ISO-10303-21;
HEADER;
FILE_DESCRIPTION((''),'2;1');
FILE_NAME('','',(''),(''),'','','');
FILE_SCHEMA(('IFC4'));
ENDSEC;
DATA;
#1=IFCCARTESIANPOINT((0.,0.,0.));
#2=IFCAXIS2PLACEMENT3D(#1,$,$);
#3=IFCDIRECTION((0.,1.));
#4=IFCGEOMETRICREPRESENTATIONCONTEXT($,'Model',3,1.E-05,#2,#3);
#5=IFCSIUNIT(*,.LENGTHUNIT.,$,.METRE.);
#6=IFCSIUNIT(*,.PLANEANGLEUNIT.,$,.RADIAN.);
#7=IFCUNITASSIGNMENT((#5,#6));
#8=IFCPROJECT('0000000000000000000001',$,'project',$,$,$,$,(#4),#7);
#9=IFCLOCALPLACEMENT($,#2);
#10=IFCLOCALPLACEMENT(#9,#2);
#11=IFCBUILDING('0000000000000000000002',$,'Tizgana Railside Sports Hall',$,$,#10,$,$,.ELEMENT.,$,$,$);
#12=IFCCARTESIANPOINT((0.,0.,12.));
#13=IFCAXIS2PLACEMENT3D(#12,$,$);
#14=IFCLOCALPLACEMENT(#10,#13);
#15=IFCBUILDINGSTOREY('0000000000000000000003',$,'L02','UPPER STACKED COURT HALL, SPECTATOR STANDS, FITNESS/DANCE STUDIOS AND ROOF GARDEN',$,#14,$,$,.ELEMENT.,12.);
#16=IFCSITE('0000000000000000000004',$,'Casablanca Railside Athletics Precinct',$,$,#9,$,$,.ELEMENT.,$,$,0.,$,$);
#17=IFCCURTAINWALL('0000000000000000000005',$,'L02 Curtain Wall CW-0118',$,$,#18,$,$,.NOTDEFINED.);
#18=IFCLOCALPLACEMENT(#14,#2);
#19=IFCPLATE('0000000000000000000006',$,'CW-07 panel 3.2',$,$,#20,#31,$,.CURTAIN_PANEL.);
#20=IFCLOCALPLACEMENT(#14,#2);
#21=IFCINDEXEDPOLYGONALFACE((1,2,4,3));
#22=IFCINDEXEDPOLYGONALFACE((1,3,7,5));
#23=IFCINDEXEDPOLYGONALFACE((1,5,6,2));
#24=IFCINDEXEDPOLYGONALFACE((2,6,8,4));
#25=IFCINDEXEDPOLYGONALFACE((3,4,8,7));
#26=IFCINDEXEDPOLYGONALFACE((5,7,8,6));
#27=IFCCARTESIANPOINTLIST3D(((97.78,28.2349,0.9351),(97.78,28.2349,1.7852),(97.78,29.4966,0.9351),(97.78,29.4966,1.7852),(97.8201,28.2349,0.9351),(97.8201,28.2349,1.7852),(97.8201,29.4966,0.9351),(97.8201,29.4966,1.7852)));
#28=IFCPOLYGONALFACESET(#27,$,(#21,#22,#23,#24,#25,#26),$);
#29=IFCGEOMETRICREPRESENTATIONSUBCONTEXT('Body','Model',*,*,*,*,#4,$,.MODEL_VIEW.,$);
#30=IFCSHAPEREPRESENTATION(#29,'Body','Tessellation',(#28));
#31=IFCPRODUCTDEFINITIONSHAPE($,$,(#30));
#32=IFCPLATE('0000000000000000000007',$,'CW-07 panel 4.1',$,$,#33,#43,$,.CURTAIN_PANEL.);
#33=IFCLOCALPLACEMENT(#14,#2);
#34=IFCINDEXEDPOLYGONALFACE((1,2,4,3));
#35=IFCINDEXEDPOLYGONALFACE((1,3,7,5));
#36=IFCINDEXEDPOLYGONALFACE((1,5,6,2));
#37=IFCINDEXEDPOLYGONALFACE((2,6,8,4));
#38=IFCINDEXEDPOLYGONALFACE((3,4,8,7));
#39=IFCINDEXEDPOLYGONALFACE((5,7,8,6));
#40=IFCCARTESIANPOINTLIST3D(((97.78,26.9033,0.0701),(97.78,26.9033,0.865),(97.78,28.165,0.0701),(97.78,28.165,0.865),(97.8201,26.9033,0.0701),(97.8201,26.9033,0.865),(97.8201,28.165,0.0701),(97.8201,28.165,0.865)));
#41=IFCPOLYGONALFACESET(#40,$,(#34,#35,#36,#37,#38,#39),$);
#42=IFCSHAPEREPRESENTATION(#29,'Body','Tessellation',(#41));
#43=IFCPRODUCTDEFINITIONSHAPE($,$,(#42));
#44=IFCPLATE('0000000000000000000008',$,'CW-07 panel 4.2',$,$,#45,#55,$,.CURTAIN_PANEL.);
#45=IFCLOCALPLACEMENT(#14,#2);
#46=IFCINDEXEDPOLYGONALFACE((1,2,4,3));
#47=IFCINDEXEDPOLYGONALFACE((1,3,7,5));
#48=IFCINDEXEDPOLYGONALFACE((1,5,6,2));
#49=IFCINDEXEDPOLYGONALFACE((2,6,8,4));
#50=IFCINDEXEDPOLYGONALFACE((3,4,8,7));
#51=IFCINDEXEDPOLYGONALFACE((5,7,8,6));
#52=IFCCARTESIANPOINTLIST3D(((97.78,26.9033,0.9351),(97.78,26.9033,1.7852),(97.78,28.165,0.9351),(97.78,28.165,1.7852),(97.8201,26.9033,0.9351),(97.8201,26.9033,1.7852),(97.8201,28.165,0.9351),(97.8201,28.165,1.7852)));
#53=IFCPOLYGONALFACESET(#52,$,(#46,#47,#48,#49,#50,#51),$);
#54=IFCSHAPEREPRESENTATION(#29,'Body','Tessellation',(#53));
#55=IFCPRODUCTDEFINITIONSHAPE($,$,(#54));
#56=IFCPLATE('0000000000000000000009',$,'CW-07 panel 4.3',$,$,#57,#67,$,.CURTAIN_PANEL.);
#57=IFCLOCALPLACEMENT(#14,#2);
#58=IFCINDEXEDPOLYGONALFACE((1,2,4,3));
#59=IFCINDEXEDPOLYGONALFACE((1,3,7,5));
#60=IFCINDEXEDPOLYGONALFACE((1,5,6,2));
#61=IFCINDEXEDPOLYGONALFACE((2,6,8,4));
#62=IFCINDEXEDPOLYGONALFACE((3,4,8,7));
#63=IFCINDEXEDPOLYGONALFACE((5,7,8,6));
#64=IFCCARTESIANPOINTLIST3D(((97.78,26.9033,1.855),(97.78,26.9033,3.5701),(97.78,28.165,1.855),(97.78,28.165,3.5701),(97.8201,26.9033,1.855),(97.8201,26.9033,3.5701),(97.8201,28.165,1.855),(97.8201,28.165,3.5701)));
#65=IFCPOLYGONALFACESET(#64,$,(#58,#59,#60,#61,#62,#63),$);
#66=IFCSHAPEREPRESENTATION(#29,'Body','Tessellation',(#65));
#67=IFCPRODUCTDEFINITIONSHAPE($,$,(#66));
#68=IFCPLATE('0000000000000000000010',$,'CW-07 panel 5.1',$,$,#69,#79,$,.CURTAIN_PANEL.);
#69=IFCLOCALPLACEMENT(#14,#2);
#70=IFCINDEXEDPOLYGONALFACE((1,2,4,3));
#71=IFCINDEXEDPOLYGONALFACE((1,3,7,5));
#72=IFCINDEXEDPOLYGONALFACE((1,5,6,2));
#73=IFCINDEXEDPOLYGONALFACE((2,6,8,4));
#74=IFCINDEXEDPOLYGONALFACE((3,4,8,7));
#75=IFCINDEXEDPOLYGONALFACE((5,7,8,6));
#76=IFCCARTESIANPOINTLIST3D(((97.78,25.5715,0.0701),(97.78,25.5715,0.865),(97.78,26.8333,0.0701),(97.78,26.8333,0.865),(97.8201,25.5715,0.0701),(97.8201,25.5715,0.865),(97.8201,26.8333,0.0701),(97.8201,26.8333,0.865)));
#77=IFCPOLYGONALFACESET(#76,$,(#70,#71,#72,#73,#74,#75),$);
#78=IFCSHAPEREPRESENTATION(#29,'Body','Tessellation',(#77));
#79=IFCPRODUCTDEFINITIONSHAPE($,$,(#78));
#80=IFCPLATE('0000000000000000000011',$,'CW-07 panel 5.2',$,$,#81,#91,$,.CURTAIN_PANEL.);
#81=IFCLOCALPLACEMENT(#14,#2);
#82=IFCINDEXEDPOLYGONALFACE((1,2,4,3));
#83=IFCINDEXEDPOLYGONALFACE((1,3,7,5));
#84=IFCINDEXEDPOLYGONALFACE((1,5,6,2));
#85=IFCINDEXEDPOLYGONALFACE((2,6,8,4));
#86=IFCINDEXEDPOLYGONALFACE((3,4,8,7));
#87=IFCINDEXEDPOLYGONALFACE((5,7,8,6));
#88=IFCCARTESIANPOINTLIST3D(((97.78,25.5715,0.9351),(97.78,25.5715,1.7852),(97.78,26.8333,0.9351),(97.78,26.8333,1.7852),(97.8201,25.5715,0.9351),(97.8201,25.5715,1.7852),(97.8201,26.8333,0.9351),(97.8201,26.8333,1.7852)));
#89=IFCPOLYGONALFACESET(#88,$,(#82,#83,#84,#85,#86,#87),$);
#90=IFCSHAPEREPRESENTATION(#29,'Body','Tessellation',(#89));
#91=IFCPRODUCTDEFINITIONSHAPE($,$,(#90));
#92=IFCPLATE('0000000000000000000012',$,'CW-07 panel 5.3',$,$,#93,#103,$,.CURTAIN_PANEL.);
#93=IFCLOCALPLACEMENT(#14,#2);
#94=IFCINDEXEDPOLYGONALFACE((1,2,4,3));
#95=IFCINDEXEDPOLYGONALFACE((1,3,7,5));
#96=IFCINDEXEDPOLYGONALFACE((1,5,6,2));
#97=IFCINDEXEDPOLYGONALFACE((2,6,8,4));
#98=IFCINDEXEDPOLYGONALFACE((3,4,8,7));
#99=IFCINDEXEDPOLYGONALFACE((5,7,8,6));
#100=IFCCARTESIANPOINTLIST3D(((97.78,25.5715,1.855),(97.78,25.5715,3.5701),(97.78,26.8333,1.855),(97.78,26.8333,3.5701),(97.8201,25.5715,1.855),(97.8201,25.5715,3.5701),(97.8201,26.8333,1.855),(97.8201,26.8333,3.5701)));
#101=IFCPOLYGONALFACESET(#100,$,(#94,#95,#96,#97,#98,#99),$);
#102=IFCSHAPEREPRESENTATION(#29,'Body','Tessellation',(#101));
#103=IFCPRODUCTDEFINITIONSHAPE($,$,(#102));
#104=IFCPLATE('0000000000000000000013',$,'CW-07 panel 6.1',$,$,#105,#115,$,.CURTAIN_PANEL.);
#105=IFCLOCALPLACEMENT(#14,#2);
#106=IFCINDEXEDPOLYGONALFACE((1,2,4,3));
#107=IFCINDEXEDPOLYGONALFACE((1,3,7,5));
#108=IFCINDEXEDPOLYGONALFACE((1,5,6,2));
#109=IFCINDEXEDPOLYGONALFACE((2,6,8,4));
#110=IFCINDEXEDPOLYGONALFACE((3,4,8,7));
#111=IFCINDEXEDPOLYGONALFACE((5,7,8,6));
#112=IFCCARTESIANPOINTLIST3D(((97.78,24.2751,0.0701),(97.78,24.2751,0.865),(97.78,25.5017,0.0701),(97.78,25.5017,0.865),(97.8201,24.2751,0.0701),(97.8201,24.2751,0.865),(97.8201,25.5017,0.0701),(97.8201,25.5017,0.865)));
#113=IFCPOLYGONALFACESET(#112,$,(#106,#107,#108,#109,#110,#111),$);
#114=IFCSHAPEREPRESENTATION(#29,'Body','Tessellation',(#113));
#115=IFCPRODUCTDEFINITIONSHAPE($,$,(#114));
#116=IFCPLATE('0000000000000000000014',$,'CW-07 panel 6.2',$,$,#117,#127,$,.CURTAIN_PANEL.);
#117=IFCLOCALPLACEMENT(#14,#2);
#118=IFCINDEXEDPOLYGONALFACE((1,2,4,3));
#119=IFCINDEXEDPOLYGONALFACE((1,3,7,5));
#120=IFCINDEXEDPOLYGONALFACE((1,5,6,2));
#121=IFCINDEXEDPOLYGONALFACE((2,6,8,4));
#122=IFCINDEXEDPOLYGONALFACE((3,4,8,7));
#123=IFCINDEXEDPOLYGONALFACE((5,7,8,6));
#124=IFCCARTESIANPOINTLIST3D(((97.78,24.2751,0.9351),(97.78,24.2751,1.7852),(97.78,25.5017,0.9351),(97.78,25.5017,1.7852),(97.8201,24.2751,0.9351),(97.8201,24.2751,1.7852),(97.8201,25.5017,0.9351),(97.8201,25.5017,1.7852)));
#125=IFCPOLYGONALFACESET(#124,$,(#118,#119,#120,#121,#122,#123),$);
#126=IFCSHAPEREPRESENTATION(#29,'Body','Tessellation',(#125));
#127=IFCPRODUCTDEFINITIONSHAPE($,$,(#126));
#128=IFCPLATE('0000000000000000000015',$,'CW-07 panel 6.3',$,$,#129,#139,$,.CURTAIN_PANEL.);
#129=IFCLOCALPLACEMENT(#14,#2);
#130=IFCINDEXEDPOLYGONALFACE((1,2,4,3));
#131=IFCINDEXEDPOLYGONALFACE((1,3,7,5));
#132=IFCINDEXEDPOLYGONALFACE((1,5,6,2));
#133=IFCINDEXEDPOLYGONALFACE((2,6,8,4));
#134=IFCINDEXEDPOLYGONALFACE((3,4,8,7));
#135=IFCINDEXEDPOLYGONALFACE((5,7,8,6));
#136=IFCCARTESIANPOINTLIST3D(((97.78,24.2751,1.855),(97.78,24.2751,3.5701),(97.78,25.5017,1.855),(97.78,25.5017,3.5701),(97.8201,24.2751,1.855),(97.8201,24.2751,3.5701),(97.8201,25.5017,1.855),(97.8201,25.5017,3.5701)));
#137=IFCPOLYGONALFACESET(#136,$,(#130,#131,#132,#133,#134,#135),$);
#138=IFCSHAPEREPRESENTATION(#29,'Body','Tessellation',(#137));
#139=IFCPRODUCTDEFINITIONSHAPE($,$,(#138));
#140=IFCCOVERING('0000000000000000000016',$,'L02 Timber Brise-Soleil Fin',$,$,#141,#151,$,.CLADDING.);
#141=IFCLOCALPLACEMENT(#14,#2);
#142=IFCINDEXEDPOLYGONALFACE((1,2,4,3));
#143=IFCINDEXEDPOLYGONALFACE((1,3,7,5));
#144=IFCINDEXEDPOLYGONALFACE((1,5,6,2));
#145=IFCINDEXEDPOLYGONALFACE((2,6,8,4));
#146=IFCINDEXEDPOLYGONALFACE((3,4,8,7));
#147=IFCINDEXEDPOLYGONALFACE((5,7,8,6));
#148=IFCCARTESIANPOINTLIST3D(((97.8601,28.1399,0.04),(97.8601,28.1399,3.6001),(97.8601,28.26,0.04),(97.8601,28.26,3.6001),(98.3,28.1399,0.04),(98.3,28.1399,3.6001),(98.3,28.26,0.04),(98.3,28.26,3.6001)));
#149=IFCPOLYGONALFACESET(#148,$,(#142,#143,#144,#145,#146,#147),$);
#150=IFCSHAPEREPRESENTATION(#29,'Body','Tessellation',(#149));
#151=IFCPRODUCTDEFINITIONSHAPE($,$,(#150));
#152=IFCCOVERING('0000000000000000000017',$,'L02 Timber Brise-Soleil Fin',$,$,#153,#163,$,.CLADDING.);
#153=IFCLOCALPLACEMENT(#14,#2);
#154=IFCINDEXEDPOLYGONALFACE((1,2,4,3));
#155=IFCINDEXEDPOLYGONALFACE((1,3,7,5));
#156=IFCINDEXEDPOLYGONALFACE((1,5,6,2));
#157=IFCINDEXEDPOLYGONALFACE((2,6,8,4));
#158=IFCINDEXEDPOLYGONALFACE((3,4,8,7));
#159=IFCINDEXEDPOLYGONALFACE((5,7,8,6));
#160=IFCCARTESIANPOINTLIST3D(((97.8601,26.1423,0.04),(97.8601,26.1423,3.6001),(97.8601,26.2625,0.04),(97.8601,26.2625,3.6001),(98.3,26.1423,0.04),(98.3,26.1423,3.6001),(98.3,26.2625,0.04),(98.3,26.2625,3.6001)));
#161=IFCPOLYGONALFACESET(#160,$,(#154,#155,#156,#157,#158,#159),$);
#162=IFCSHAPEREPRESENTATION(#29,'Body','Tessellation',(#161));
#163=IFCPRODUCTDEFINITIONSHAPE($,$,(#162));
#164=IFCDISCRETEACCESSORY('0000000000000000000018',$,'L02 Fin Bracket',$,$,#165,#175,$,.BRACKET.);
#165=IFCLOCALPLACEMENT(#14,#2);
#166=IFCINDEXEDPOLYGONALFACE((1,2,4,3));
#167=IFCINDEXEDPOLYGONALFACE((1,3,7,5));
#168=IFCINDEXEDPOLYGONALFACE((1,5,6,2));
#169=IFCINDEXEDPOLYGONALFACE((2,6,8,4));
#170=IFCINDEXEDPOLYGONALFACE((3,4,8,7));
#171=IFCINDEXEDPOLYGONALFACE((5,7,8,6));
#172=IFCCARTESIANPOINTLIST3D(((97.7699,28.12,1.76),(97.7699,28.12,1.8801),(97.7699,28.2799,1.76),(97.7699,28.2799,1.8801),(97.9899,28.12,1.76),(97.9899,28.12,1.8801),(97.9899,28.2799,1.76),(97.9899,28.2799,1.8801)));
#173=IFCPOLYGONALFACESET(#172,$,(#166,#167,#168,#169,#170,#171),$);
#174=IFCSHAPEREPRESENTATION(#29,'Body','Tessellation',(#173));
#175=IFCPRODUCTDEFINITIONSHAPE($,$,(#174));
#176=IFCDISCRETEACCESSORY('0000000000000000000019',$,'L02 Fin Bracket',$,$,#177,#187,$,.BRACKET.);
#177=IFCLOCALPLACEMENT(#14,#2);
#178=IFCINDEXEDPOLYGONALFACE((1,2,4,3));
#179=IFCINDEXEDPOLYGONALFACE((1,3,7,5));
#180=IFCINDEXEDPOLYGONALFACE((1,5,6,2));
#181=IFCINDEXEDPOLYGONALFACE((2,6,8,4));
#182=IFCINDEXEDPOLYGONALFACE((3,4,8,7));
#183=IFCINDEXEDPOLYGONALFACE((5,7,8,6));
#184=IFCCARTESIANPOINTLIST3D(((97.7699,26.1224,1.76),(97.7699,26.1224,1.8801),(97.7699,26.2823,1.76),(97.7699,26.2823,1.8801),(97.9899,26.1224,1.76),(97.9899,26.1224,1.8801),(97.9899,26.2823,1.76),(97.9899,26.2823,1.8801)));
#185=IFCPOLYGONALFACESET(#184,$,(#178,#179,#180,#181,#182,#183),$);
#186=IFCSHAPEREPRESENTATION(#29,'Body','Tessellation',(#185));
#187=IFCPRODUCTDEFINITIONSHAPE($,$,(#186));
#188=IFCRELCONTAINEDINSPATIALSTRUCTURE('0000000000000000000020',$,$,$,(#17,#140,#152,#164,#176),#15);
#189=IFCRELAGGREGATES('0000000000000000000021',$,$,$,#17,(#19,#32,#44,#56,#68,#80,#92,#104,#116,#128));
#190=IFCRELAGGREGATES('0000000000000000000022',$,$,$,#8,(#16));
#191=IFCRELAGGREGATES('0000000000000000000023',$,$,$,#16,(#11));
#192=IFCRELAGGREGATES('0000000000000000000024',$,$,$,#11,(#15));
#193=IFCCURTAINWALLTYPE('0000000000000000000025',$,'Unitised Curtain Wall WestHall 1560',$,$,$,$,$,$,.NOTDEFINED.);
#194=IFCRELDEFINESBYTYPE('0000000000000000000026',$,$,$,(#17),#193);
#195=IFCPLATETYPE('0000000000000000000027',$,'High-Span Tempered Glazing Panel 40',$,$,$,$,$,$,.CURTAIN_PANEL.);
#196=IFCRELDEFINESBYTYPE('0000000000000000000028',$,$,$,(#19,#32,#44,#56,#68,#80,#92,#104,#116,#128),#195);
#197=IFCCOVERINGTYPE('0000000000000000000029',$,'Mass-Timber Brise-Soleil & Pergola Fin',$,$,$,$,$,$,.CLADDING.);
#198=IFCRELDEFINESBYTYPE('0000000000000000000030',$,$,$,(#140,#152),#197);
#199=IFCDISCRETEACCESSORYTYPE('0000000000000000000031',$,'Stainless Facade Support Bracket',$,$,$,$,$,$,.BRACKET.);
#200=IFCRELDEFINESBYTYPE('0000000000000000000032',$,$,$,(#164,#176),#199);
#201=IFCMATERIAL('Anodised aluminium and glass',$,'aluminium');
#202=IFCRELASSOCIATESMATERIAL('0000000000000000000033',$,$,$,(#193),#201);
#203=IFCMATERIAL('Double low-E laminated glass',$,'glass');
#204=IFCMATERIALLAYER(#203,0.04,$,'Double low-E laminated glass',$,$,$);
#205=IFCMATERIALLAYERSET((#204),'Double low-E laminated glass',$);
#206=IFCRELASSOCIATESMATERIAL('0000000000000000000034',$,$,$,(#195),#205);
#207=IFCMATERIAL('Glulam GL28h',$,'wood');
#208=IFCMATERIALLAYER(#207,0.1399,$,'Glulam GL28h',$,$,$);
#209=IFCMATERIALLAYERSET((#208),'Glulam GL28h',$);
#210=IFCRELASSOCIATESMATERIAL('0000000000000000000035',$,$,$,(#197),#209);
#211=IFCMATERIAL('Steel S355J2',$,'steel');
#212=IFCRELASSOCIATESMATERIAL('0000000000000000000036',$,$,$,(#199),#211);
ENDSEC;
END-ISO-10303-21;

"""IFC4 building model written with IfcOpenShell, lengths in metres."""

from ifc_helpers import new_model, si_unit, direction, frame, origin, origin_2d, place, context, subcontext, project, spatial, rectangle, extrude, material, layer, layer_set, type_object, element, aggregate, save


model = new_model("IFC4")

# Units and contexts
model_context = context("Model", 3, precision=1e-05, world=origin(), true_north=direction((0.0, 1.0)))
body_context = subcontext(model_context, "Body", "Model", "MODEL_VIEW")
ifc_project = project(units=[si_unit("LENGTHUNIT", "METRE"), si_unit("PLANEANGLEUNIT", "RADIAN")], contexts=[model_context])

# Site, building, storey
site_placement = place(None, origin())
site = spatial("IfcSite", under=ifc_project, at=site_placement, Name="Casablanca Railside Athletics Precinct", CompositionType="ELEMENT", RefElevation=0.0)
building_placement = place(site_placement, origin())
building = spatial("IfcBuilding", under=site, at=building_placement, Name="Tizgana Railside Sports Hall", CompositionType="ELEMENT")
storey_placement = place(building_placement, frame((0.0, 0.0, 12.0)))
storey = spatial("IfcBuildingStorey", under=building, at=storey_placement, Name="L02", Description="UPPER STACKED COURT HALL, SPECTATOR STANDS, FITNESS/DANCE STUDIOS AND ROOF GARDEN", CompositionType="ELEMENT", Elevation=12.0)

# Shared definitions
ifc_material_1 = material(Name="Steel S355J2", Category="steel")

# Shared definitions
ifc_material_2 = material(Name="Anodised aluminium and glass", Category="aluminium")

# Curtain wall
curtain_wall_type_1 = type_object("IfcCurtainWallType", Name="Unitised Curtain Wall WestHall 1560", PredefinedType="NOTDEFINED", material=ifc_material_2)
curtain_wall_1_placement = place(storey_placement, origin())
curtain_wall_1 = element("IfcCurtainWall", 1, at=curtain_wall_1_placement, inside=storey, type_object=curtain_wall_type_1, Name="L02 Curtain Wall CW-0118", PredefinedType="NOTDEFINED")

# Plates
ifc_material_3 = material(Name="Double low-E laminated glass", Category="glass")
ifc_layer_1 = layer(ifc_material_3, 0.04, Name="Double low-E laminated glass")
ifc_layer_set_1 = layer_set([ifc_layer_1], Name="Double low-E laminated glass")
plate_type_1 = type_object("IfcPlateType", Name="High-Span Tempered Glazing Panel 40", PredefinedType="CURTAIN_PANEL", material=ifc_layer_set_1)
plate_1_placement = place(storey_placement, frame((97.8, 28.8657, 0.9351), z_axis=(0.0, 0.0, 1.0), x_axis=(0.0, -1.0, 0.0)))
plate_1 = element("IfcPlate", 2, at=plate_1_placement, type_object=plate_type_1, Name="CW-07 panel 3.2", PredefinedType="CURTAIN_PANEL", context=body_context, shape_type="SweptSolid", body=[
    extrude(rectangle(XDim=1.2617, YDim=0.04, at=origin_2d()), origin(), (0.0, 0.0, 1.0), 0.8501),
])
plate_2_placement = place(storey_placement, frame((97.8, 27.5342, 0.0701), z_axis=(0.0, 0.0, 1.0), x_axis=(0.0, -1.0, 0.0)))
plate_2 = element("IfcPlate", 3, at=plate_2_placement, type_object=plate_type_1, Name="CW-07 panel 4.1", PredefinedType="CURTAIN_PANEL", context=body_context, shape_type="SweptSolid", body=[
    extrude(rectangle(XDim=1.2617, YDim=0.04, at=origin_2d()), origin(), (0.0, 0.0, 1.0), 0.7949),
])
plate_3_placement = place(storey_placement, frame((97.8, 27.5342, 0.9351), z_axis=(0.0, 0.0, 1.0), x_axis=(0.0, -1.0, 0.0)))
plate_3 = element("IfcPlate", 4, at=plate_3_placement, type_object=plate_type_1, Name="CW-07 panel 4.2", PredefinedType="CURTAIN_PANEL", context=body_context, shape_type="SweptSolid", body=[
    extrude(rectangle(XDim=1.2617, YDim=0.04, at=origin_2d()), origin(), (0.0, 0.0, 1.0), 0.8501),
])
plate_4_placement = place(storey_placement, frame((97.8, 27.5342, 1.855), z_axis=(0.0, 0.0, 1.0), x_axis=(0.0, -1.0, 0.0)))
plate_4 = element("IfcPlate", 5, at=plate_4_placement, type_object=plate_type_1, Name="CW-07 panel 4.3", PredefinedType="CURTAIN_PANEL", context=body_context, shape_type="SweptSolid", body=[
    extrude(rectangle(XDim=1.2617, YDim=0.04, at=origin_2d()), origin(), (0.0, 0.0, 1.0), 1.7151),
])
plate_5_placement = place(storey_placement, frame((97.8, 26.2024, 0.0701), z_axis=(0.0, 0.0, 1.0), x_axis=(0.0, -1.0, 0.0)))
plate_5 = element("IfcPlate", 6, at=plate_5_placement, type_object=plate_type_1, Name="CW-07 panel 5.1", PredefinedType="CURTAIN_PANEL", context=body_context, shape_type="SweptSolid", body=[
    extrude(rectangle(XDim=1.2617, YDim=0.04, at=origin_2d()), origin(), (0.0, 0.0, 1.0), 0.7949),
])
plate_6_placement = place(storey_placement, frame((97.8, 26.2024, 0.9351), z_axis=(0.0, 0.0, 1.0), x_axis=(0.0, -1.0, 0.0)))
plate_6 = element("IfcPlate", 7, at=plate_6_placement, type_object=plate_type_1, Name="CW-07 panel 5.2", PredefinedType="CURTAIN_PANEL", context=body_context, shape_type="SweptSolid", body=[
    extrude(rectangle(XDim=1.2617, YDim=0.04, at=origin_2d()), origin(), (0.0, 0.0, 1.0), 0.8501),
])
plate_7_placement = place(storey_placement, frame((97.8, 26.2024, 1.855), z_axis=(0.0, 0.0, 1.0), x_axis=(0.0, -1.0, 0.0)))
plate_7 = element("IfcPlate", 8, at=plate_7_placement, type_object=plate_type_1, Name="CW-07 panel 5.3", PredefinedType="CURTAIN_PANEL", context=body_context, shape_type="SweptSolid", body=[
    extrude(rectangle(XDim=1.2617, YDim=0.04, at=origin_2d()), origin(), (0.0, 0.0, 1.0), 1.7151),
])
plate_8_placement = place(storey_placement, frame((97.8, 24.8884, 0.0701), z_axis=(0.0, 0.0, 1.0), x_axis=(0.0, -1.0, 0.0)))
plate_8 = element("IfcPlate", 9, at=plate_8_placement, type_object=plate_type_1, Name="CW-07 panel 6.1", PredefinedType="CURTAIN_PANEL", context=body_context, shape_type="SweptSolid", body=[
    extrude(rectangle(XDim=1.2266, YDim=0.04, at=origin_2d()), origin(), (0.0, 0.0, 1.0), 0.7949),
])
plate_9_placement = place(storey_placement, frame((97.8, 24.8884, 0.9351), z_axis=(0.0, 0.0, 1.0), x_axis=(0.0, -1.0, 0.0)))
plate_9 = element("IfcPlate", 10, at=plate_9_placement, type_object=plate_type_1, Name="CW-07 panel 6.2", PredefinedType="CURTAIN_PANEL", context=body_context, shape_type="SweptSolid", body=[
    extrude(rectangle(XDim=1.2266, YDim=0.04, at=origin_2d()), origin(), (0.0, 0.0, 1.0), 0.8501),
])
plate_10_placement = place(storey_placement, frame((97.8, 24.8884, 1.855), z_axis=(0.0, 0.0, 1.0), x_axis=(0.0, -1.0, 0.0)))
plate_10 = element("IfcPlate", 11, at=plate_10_placement, type_object=plate_type_1, Name="CW-07 panel 6.3", PredefinedType="CURTAIN_PANEL", context=body_context, shape_type="SweptSolid", body=[
    extrude(rectangle(XDim=1.2266, YDim=0.04, at=origin_2d()), origin(), (0.0, 0.0, 1.0), 1.7151),
])
aggregate(curtain_wall_1, [plate_1, plate_2, plate_3, plate_4, plate_5, plate_6, plate_7, plate_8, plate_9, plate_10])

# Coverings
ifc_material_4 = material(Name="Glulam GL28h", Category="wood")
ifc_layer_2 = layer(ifc_material_4, 0.1399, Name="Glulam GL28h")
ifc_layer_set_2 = layer_set([ifc_layer_2], Name="Glulam GL28h")
covering_type = type_object("IfcCoveringType", Name="Mass-Timber Brise-Soleil & Pergola Fin", PredefinedType="CLADDING", material=ifc_layer_set_2)
for number, where, z_axis, x_axis, name in (
    (12, (98.0801, 28.2, 0.04), (0.0, 0.0, 1.0), (0.0, -1.0, 0.0), "L02 Timber Brise-Soleil Fin"),
    (13, (98.0801, 26.2024, 0.04), (0.0, 0.0, 1.0), (0.0, -1.0, 0.0), "L02 Timber Brise-Soleil Fin"),
):
    element("IfcCovering", number, at=place(storey_placement, frame(where, z_axis=z_axis, x_axis=x_axis)), inside=storey, type_object=covering_type, Name=name, PredefinedType="CLADDING", context=body_context, shape_type="SweptSolid", body=[
        extrude(rectangle(XDim=0.1201, YDim=0.4399, at=origin_2d()), origin(), (0.0, 0.0, 1.0), 3.5601),
    ])

# Discrete accessories
discrete_accessory_type = type_object("IfcDiscreteAccessoryType", Name="Stainless Facade Support Bracket", PredefinedType="BRACKET", material=ifc_material_1)
for number, where, z_axis, x_axis, name in (
    (14, (97.8799, 28.2, 1.76), (0.0, 0.0, 1.0), (0.0, -1.0, 0.0), "L02 Fin Bracket"),
    (15, (97.8799, 26.2024, 1.76), (0.0, 0.0, 1.0), (0.0, -1.0, 0.0), "L02 Fin Bracket"),
):
    element("IfcDiscreteAccessory", number, at=place(storey_placement, frame(where, z_axis=z_axis, x_axis=x_axis)), inside=storey, type_object=discrete_accessory_type, Name=name, PredefinedType="BRACKET", context=body_context, shape_type="SweptSolid", body=[
        extrude(rectangle(XDim=0.1599, YDim=0.22, at=origin_2d()), origin(), (0.0, 0.0, 1.0), 0.1201),
    ])

save(model, "model.ifc")
